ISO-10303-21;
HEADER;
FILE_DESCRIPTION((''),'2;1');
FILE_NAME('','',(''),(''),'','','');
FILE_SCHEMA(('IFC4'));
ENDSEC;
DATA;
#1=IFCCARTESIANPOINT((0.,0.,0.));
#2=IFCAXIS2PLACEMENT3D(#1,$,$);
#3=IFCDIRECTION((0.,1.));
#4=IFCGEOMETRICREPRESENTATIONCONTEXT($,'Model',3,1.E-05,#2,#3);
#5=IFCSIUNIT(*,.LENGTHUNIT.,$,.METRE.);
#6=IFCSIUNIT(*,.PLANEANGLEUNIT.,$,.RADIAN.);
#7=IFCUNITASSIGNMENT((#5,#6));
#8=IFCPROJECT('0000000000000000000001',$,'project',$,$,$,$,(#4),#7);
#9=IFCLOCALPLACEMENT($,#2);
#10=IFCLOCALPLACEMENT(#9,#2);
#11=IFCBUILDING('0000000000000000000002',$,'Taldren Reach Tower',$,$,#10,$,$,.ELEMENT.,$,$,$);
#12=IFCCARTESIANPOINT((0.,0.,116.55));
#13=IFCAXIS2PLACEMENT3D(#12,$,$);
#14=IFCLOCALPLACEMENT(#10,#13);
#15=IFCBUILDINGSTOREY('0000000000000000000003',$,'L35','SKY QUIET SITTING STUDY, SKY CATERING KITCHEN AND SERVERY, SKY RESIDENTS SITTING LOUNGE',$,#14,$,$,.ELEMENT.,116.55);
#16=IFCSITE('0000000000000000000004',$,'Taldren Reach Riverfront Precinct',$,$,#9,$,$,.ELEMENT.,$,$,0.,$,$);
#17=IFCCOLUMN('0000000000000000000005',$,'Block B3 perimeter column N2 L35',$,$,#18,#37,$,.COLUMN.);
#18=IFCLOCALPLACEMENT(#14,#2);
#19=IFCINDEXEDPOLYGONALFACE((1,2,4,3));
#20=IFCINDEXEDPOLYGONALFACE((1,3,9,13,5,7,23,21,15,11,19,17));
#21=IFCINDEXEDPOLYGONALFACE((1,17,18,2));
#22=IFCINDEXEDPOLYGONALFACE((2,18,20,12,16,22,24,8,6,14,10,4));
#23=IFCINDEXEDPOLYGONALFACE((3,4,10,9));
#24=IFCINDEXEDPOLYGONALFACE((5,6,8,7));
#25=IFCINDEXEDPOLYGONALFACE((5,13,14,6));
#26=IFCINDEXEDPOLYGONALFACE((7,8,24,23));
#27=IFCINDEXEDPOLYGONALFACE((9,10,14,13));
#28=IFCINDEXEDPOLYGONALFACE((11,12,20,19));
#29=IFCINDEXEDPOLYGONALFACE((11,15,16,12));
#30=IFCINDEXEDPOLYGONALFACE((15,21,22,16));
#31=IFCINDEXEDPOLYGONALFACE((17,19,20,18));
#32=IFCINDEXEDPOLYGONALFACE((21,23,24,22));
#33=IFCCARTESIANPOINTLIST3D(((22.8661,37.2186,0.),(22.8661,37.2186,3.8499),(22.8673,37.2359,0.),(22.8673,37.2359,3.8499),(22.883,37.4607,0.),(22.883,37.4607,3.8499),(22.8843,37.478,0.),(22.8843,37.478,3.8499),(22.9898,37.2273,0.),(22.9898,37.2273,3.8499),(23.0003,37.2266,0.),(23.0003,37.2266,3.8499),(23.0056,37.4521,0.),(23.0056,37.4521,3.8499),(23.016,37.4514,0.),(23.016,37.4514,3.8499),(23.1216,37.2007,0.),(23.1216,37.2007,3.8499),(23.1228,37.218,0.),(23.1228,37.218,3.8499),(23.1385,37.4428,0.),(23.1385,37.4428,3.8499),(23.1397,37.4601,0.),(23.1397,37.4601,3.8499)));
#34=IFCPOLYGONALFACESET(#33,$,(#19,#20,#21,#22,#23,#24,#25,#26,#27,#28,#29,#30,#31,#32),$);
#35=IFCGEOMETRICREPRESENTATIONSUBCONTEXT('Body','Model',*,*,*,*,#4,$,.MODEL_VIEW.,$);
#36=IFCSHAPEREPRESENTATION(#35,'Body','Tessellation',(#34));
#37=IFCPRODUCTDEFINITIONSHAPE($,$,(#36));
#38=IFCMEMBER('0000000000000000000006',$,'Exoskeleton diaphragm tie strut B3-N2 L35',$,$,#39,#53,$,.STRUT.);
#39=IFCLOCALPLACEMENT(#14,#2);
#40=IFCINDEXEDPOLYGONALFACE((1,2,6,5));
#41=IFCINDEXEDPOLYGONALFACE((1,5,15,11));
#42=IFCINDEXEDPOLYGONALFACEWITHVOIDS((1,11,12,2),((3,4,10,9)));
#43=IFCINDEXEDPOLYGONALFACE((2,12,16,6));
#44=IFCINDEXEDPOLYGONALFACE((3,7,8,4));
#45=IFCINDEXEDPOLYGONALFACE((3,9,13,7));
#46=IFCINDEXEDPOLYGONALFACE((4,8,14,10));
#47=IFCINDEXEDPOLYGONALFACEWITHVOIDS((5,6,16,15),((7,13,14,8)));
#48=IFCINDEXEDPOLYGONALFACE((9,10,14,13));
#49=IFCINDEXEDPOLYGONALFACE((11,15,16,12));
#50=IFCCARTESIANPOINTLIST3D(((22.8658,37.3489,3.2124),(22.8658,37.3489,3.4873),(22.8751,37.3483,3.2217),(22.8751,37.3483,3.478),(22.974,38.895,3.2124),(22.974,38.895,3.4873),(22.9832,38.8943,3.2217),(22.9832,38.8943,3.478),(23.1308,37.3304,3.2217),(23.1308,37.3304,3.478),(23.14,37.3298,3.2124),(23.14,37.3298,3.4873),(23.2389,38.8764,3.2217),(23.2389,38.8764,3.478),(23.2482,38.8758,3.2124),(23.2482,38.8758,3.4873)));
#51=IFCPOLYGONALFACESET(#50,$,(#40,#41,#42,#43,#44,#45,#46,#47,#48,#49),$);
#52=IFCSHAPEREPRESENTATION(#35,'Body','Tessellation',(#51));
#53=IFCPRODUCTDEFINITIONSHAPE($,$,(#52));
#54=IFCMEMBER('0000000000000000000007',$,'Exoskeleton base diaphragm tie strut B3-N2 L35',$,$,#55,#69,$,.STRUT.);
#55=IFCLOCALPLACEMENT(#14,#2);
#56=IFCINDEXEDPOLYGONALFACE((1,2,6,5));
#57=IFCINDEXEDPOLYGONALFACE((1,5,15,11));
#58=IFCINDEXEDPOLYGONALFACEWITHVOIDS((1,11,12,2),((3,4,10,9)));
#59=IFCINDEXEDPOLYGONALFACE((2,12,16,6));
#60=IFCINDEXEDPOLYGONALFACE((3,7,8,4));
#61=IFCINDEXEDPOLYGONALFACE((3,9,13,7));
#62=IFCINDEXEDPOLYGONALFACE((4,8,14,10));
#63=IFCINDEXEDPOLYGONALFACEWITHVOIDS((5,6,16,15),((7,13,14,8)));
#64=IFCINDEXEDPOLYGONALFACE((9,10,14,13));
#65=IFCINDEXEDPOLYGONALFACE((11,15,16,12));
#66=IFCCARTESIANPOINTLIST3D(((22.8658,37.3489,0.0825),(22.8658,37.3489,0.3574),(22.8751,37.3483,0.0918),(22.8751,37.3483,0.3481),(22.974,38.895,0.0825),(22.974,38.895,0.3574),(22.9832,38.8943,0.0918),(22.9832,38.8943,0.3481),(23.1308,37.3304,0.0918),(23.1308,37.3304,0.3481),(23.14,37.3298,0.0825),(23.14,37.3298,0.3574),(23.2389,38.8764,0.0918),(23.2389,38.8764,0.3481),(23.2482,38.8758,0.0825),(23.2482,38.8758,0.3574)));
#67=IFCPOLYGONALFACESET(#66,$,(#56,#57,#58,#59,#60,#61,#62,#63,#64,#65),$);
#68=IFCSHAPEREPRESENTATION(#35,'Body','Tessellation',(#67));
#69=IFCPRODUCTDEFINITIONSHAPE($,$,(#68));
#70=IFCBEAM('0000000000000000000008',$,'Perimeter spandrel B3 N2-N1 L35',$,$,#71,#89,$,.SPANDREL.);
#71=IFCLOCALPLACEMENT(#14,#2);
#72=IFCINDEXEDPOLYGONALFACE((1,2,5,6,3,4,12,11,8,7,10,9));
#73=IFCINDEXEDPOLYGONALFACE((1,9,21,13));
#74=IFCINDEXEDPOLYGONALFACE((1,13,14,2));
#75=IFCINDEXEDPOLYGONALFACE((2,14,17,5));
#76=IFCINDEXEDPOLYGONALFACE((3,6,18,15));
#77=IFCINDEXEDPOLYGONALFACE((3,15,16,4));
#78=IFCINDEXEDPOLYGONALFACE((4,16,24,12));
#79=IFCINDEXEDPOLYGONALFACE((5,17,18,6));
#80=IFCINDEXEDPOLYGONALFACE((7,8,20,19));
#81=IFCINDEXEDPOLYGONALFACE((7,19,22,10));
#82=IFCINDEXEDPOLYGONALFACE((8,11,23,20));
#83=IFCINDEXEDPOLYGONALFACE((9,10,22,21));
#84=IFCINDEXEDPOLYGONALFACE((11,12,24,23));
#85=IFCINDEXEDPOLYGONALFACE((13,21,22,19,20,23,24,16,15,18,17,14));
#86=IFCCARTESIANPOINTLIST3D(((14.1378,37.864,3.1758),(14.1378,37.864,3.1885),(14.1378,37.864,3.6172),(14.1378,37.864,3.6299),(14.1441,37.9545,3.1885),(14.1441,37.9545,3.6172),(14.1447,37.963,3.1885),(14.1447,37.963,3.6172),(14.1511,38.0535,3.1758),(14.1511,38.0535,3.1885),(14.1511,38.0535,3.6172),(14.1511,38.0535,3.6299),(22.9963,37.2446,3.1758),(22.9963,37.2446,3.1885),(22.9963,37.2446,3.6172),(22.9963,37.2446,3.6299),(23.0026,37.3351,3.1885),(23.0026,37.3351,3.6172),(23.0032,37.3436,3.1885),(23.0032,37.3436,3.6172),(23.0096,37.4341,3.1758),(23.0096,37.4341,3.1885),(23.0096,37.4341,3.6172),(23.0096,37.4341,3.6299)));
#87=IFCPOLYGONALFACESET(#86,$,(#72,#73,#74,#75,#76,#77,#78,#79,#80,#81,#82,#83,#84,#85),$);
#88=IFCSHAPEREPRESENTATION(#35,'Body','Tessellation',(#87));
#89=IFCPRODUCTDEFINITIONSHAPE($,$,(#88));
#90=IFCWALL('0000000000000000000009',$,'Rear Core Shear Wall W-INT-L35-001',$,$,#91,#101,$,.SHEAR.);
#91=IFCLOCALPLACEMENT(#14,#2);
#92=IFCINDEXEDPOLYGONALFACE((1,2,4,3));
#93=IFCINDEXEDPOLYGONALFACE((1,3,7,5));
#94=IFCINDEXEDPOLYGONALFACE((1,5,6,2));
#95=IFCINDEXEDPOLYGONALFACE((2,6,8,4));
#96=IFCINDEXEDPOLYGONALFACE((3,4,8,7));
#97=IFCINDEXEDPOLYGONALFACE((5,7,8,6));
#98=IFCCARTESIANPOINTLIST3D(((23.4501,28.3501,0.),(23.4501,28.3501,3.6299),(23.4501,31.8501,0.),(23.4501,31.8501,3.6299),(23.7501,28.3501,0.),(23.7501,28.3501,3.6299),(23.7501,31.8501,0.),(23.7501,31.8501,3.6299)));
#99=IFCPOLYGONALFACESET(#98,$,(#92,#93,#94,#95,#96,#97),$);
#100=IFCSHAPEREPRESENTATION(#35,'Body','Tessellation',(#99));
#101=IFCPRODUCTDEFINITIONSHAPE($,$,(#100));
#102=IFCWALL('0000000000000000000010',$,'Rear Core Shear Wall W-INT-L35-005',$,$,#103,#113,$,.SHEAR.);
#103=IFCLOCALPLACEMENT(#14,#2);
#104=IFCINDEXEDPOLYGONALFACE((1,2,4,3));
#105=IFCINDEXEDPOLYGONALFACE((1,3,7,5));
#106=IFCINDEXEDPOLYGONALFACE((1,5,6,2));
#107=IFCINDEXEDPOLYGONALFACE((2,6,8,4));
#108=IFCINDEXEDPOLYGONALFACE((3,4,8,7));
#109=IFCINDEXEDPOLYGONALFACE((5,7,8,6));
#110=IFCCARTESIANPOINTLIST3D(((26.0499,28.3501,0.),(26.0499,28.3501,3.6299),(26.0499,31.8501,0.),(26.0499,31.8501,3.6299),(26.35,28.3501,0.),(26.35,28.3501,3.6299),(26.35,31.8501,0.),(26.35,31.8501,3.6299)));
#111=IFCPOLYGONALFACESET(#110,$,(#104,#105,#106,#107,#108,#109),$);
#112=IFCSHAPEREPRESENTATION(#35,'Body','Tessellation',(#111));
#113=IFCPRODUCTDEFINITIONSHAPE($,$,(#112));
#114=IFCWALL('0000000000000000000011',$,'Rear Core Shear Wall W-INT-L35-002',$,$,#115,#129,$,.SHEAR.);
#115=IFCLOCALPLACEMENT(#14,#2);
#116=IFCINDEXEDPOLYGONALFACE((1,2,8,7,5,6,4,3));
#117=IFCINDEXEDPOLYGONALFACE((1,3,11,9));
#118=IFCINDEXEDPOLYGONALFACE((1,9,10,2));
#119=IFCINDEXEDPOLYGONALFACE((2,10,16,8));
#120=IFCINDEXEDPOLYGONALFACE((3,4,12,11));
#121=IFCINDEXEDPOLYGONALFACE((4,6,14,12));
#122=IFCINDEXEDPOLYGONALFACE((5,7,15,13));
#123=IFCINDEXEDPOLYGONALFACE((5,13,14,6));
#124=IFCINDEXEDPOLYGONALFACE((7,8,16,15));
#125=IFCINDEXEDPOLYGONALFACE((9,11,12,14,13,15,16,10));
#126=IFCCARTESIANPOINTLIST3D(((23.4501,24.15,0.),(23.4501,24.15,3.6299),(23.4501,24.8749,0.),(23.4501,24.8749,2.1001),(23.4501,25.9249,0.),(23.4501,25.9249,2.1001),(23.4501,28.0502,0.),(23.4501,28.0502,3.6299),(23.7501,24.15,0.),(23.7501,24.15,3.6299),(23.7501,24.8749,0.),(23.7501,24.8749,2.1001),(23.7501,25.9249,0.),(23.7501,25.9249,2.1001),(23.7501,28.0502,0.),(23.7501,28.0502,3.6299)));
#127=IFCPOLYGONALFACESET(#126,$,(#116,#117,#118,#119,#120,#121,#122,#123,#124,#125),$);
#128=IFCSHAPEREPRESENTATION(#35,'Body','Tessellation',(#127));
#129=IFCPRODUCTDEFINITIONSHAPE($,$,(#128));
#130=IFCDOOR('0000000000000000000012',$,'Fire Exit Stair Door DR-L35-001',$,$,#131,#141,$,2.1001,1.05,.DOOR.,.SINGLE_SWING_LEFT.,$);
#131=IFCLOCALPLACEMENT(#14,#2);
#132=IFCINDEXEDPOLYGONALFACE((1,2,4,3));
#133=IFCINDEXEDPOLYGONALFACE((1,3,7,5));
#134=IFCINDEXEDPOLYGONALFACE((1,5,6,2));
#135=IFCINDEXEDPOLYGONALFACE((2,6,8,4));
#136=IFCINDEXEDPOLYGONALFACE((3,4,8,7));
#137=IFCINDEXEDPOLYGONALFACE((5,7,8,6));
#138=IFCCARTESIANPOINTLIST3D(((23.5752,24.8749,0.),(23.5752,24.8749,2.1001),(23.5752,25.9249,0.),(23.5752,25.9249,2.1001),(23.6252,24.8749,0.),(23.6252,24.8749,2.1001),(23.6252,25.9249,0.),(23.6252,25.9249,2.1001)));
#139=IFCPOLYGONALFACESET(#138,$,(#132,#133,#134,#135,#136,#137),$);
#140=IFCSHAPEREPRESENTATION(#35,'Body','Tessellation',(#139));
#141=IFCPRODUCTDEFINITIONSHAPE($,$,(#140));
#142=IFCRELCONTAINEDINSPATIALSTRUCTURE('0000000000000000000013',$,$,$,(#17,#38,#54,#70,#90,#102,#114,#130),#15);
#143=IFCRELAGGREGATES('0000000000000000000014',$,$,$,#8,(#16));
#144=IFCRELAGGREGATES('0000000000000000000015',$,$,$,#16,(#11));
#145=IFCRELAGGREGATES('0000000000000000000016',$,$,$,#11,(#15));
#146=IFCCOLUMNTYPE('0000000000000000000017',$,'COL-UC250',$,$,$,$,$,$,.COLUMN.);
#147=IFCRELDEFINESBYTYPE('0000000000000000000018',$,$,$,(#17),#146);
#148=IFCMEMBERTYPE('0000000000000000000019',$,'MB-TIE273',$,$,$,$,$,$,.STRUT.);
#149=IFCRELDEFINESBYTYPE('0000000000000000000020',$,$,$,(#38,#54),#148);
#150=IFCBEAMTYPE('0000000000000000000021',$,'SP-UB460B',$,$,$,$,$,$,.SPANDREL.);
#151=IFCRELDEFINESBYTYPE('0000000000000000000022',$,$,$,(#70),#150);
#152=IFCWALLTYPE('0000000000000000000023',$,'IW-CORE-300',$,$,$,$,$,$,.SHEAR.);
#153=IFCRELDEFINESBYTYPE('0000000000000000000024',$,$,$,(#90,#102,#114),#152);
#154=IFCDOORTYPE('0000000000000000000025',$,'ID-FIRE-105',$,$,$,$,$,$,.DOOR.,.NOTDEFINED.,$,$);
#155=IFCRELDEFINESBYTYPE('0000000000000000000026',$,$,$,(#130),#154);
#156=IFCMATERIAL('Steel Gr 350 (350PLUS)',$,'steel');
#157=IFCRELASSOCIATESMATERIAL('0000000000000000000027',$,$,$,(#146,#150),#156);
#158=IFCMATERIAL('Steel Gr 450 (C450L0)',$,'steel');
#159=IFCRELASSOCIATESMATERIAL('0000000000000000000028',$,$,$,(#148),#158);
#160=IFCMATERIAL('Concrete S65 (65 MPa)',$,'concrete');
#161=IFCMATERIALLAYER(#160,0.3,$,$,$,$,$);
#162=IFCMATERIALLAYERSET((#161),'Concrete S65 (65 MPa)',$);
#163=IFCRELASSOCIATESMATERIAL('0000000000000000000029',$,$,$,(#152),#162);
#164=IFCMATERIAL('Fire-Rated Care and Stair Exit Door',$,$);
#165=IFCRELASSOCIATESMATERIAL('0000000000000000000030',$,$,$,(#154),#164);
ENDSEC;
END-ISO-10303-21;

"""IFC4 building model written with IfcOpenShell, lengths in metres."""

from ifc_helpers import new_model, si_unit, direction, frame, frame_2d, origin, origin_2d, place, context, subcontext, project, spatial, rectangle, hollow_rectangle, i_section, extrude, source, transform, mapped, material, layer, layer_set, material_profile, profile_set, type_object, element, fill, save


model = new_model("IFC4")

# Units and contexts
model_context = context("Model", 3, precision=1e-05, world=origin(), true_north=direction((0.0, 1.0)))
body_context = subcontext(model_context, "Body", "Model", "MODEL_VIEW")
ifc_project = project(units=[si_unit("LENGTHUNIT", "METRE"), si_unit("PLANEANGLEUNIT", "RADIAN")], contexts=[model_context])

# Site, building, storey
site_placement = place(None, origin())
site = spatial("IfcSite", under=ifc_project, at=site_placement, Name="Taldren Reach Riverfront Precinct", CompositionType="ELEMENT", RefElevation=0.0)
building_placement = place(site_placement, origin())
building = spatial("IfcBuilding", under=site, at=building_placement, Name="Taldren Reach Tower", CompositionType="ELEMENT")
storey_placement = place(building_placement, frame((0.0, 0.0, 116.55)))
storey = spatial("IfcBuildingStorey", under=building, at=storey_placement, Name="L35", Description="SKY QUIET SITTING STUDY, SKY CATERING KITCHEN AND SERVERY, SKY RESIDENTS SITTING LOUNGE", CompositionType="ELEMENT", Elevation=116.55)

# Column
ifc_material_1 = material(Name="Steel Gr 350 (350PLUS)", Category="steel")
ifc_material_profile_1 = material_profile(ifc_material_1, i_section(OverallWidth=0.2561, OverallDepth=0.26, WebThickness=0.0105, FlangeThickness=0.0173, at=origin_2d()), Name="250UC89.5")
ifc_profile_set_1 = profile_set([ifc_material_profile_1], Name="Steel Gr 350 (350PLUS)")
column_type = type_object("IfcColumnType", Name="COL-UC250", PredefinedType="COLUMN", material=ifc_profile_set_1)
shared_shape_1 = source(origin(), body_context, "Body", "SweptSolid", [
    extrude(i_section(OverallWidth=0.2561, OverallDepth=0.26, WebThickness=0.0105, FlangeThickness=0.0173, at=origin_2d()), origin(), (0.0, 0.0, 1.0), 3.8499),
])
column_placement = place(storey_placement, frame((23.0029, 37.3394, 0.0), z_axis=(0.0, 0.0, 1.0), x_axis=(0.997564, -0.069756, 0.0)))
element("IfcColumn", 1, at=column_placement, inside=storey, type_object=column_type, Name="Block B3 perimeter column N2 L35", PredefinedType="COLUMN", context=body_context, shape_type="MappedRepresentation", body=[
    mapped(shared_shape_1, transform((0.0, 0.0, 0.0), scale=1.0)),
])

# Members
ifc_material_2 = material(Name="Steel Gr 450 (C450L0)", Category="steel")
ifc_material_profile_2 = material_profile(ifc_material_2, hollow_rectangle(XDim=0.2749, YDim=0.2749, WallThickness=0.0093, at=origin_2d()), Name="275x275x9.3SHS")
ifc_profile_set_2 = profile_set([ifc_material_profile_2], Name="Steel Gr 450 (C450L0)")
member_type = type_object("IfcMemberType", Name="MB-TIE273", PredefinedType="STRUT", material=ifc_profile_set_2)
shared_shape_2 = source(origin(), body_context, "Body", "SweptSolid", [
    extrude(hollow_rectangle(XDim=0.2749, YDim=0.2749, WallThickness=0.0093, at=origin_2d()), origin(), (0.0, 0.0, 1.0), 1.5498),
])
for number, where, z_axis, x_axis, name in (
    (2, (23.0029, 37.3394, 3.3499), (0.069781, 0.997562, 0.0), (-0.997562, 0.069781, 0.0), "Exoskeleton diaphragm tie strut B3-N2 L35"),
    (3, (23.0029, 37.3394, 0.22), (0.069781, 0.997562, 0.0), (-0.997562, 0.069781, 0.0), "Exoskeleton base diaphragm tie strut B3-N2 L35"),
):
    element("IfcMember", number, at=place(storey_placement, frame(where, z_axis=z_axis, x_axis=x_axis)), inside=storey, type_object=member_type, Name=name, PredefinedType="STRUT", context=body_context, shape_type="MappedRepresentation", body=[
        mapped(shared_shape_2, transform((0.0, 0.0, 0.0), scale=1.0)),
    ])

# Beam
ifc_material_profile_3 = material_profile(ifc_material_1, i_section(OverallWidth=0.1899, OverallDepth=0.4541, WebThickness=0.0085, FlangeThickness=0.0127, at=origin_2d()), Name="460UB67.1")
ifc_profile_set_3 = profile_set([ifc_material_profile_3], Name="Steel Gr 350 (350PLUS)")
beam_type = type_object("IfcBeamType", Name="SP-UB460B", PredefinedType="SPANDREL", material=ifc_profile_set_3)
shared_shape_3 = source(origin(), body_context, "Body", "SweptSolid", [
    extrude(i_section(OverallWidth=0.1899, OverallDepth=0.4541, WebThickness=0.0085, FlangeThickness=0.0127, at=origin_2d()), origin(), (0.0, 0.0, 1.0), 8.8801),
])
beam_placement = place(storey_placement, frame((23.0029, 37.3394, 3.4028), z_axis=(-0.997564, 0.06975, 0.0), x_axis=(-0.06975, -0.997564, 0.0)))
element("IfcBeam", 4, at=beam_placement, inside=storey, type_object=beam_type, Name="Perimeter spandrel B3 N2-N1 L35", PredefinedType="SPANDREL", context=body_context, shape_type="MappedRepresentation", body=[
    mapped(shared_shape_3, transform((0.0, 0.0, 0.0), scale=1.0)),
])

# Walls
ifc_material_3 = material(Name="Concrete S65 (65 MPa)", Category="concrete")
ifc_layer_1 = layer(ifc_material_3, 0.3)
ifc_layer_set_1 = layer_set([ifc_layer_1], Name="Concrete S65 (65 MPa)")
wall_type_1 = type_object("IfcWallType", Name="IW-CORE-300", PredefinedType="SHEAR", material=ifc_layer_set_1)
shared_shape_4 = source(origin(), body_context, "Body", "SweptSolid", [
    extrude(rectangle(XDim=3.5, YDim=0.3, at=frame_2d((1.75, 0.0))), origin(), (0.0, 0.0, 1.0), 3.6299),
])
for number, where, z_axis, x_axis, name in (
    (5, (23.6001, 28.3501, 0.0), (0.0, 0.0, 1.0), (0.0, 1.0, 0.0), "Rear Core Shear Wall W-INT-L35-001"),
    (6, (26.2, 28.3501, 0.0), (0.0, 0.0, 1.0), (0.0, 1.0, 0.0), "Rear Core Shear Wall W-INT-L35-005"),
):
    element("IfcWall", number, at=place(storey_placement, frame(where, z_axis=z_axis, x_axis=x_axis)), inside=storey, type_object=wall_type_1, Name=name, PredefinedType="SHEAR", context=body_context, shape_type="MappedRepresentation", body=[
        mapped(shared_shape_4, transform((0.0, 0.0, 0.0), scale=1.0)),
    ])

# Wall, opening, door
shared_shape_5 = source(origin(), body_context, "Body", "SweptSolid", [
    extrude(rectangle(XDim=3.9001, YDim=0.3, at=frame_2d((1.9502, 0.0))), origin(), (0.0, 0.0, 1.0), 3.6299),
])
wall_1_placement = place(storey_placement, frame((23.6001, 24.1499, 0.0), z_axis=(0.0, 0.0, 1.0), x_axis=(0.0, 1.0, 0.0)))
wall_1 = element("IfcWall", 7, at=wall_1_placement, inside=storey, type_object=wall_type_1, Name="Rear Core Shear Wall W-INT-L35-002", PredefinedType="SHEAR", context=body_context, shape_type="MappedRepresentation", body=[
    mapped(shared_shape_5, transform((0.0, 0.0, 0.0), scale=1.0)),
])
shared_shape_6 = source(origin(), body_context, "Body", "SweptSolid", [
    extrude(rectangle(XDim=1.05, YDim=2.1001, at=frame_2d((0.5249, 1.05))), frame((0.0, 0.1602, 0.0), z_axis=(0.0, -1.0, 0.0), x_axis=(1.0, 0.0, 0.0)), (0.0, 0.0, 1.0), 0.3201),
])
opening_1_placement = place(wall_1_placement, frame((0.7251, 0.0, 0.0)))
opening_1 = element("IfcOpeningElement", 8, at=opening_1_placement, cuts=wall_1, PredefinedType="OPENING", context=body_context, shape_type="MappedRepresentation", body=[
    mapped(shared_shape_6, transform((0.0, 0.0, 0.0), scale=1.0)),
])
ifc_material_4 = material(Name="Fire-Rated Care and Stair Exit Door")
door_type_1 = type_object("IfcDoorType", Name="ID-FIRE-105", OperationType="NOTDEFINED", PredefinedType="DOOR", material=ifc_material_4)
shared_shape_7 = source(origin(), body_context, "Body", "SweptSolid", [
    extrude(rectangle(XDim=1.05, YDim=2.1001, at=frame_2d((0.5249, 1.05))), frame((0.0, 0.0249, 0.0), z_axis=(0.0, -1.0, 0.0), x_axis=(1.0, 0.0, 0.0)), (0.0, 0.0, 1.0), 0.05),
])
door_1_placement = place(opening_1_placement, origin())
door_1 = element("IfcDoor", 9, at=door_1_placement, inside=storey, type_object=door_type_1, Name="Fire Exit Stair Door DR-L35-001", OperationType="SINGLE_SWING_LEFT", OverallHeight=2.1001, OverallWidth=1.05, PredefinedType="DOOR", context=body_context, shape_type="MappedRepresentation", body=[
    mapped(shared_shape_7, transform((0.0, 0.0, 0.0), scale=1.0)),
])
fill(opening_1, door_1)

save(model, "model.ifc")
